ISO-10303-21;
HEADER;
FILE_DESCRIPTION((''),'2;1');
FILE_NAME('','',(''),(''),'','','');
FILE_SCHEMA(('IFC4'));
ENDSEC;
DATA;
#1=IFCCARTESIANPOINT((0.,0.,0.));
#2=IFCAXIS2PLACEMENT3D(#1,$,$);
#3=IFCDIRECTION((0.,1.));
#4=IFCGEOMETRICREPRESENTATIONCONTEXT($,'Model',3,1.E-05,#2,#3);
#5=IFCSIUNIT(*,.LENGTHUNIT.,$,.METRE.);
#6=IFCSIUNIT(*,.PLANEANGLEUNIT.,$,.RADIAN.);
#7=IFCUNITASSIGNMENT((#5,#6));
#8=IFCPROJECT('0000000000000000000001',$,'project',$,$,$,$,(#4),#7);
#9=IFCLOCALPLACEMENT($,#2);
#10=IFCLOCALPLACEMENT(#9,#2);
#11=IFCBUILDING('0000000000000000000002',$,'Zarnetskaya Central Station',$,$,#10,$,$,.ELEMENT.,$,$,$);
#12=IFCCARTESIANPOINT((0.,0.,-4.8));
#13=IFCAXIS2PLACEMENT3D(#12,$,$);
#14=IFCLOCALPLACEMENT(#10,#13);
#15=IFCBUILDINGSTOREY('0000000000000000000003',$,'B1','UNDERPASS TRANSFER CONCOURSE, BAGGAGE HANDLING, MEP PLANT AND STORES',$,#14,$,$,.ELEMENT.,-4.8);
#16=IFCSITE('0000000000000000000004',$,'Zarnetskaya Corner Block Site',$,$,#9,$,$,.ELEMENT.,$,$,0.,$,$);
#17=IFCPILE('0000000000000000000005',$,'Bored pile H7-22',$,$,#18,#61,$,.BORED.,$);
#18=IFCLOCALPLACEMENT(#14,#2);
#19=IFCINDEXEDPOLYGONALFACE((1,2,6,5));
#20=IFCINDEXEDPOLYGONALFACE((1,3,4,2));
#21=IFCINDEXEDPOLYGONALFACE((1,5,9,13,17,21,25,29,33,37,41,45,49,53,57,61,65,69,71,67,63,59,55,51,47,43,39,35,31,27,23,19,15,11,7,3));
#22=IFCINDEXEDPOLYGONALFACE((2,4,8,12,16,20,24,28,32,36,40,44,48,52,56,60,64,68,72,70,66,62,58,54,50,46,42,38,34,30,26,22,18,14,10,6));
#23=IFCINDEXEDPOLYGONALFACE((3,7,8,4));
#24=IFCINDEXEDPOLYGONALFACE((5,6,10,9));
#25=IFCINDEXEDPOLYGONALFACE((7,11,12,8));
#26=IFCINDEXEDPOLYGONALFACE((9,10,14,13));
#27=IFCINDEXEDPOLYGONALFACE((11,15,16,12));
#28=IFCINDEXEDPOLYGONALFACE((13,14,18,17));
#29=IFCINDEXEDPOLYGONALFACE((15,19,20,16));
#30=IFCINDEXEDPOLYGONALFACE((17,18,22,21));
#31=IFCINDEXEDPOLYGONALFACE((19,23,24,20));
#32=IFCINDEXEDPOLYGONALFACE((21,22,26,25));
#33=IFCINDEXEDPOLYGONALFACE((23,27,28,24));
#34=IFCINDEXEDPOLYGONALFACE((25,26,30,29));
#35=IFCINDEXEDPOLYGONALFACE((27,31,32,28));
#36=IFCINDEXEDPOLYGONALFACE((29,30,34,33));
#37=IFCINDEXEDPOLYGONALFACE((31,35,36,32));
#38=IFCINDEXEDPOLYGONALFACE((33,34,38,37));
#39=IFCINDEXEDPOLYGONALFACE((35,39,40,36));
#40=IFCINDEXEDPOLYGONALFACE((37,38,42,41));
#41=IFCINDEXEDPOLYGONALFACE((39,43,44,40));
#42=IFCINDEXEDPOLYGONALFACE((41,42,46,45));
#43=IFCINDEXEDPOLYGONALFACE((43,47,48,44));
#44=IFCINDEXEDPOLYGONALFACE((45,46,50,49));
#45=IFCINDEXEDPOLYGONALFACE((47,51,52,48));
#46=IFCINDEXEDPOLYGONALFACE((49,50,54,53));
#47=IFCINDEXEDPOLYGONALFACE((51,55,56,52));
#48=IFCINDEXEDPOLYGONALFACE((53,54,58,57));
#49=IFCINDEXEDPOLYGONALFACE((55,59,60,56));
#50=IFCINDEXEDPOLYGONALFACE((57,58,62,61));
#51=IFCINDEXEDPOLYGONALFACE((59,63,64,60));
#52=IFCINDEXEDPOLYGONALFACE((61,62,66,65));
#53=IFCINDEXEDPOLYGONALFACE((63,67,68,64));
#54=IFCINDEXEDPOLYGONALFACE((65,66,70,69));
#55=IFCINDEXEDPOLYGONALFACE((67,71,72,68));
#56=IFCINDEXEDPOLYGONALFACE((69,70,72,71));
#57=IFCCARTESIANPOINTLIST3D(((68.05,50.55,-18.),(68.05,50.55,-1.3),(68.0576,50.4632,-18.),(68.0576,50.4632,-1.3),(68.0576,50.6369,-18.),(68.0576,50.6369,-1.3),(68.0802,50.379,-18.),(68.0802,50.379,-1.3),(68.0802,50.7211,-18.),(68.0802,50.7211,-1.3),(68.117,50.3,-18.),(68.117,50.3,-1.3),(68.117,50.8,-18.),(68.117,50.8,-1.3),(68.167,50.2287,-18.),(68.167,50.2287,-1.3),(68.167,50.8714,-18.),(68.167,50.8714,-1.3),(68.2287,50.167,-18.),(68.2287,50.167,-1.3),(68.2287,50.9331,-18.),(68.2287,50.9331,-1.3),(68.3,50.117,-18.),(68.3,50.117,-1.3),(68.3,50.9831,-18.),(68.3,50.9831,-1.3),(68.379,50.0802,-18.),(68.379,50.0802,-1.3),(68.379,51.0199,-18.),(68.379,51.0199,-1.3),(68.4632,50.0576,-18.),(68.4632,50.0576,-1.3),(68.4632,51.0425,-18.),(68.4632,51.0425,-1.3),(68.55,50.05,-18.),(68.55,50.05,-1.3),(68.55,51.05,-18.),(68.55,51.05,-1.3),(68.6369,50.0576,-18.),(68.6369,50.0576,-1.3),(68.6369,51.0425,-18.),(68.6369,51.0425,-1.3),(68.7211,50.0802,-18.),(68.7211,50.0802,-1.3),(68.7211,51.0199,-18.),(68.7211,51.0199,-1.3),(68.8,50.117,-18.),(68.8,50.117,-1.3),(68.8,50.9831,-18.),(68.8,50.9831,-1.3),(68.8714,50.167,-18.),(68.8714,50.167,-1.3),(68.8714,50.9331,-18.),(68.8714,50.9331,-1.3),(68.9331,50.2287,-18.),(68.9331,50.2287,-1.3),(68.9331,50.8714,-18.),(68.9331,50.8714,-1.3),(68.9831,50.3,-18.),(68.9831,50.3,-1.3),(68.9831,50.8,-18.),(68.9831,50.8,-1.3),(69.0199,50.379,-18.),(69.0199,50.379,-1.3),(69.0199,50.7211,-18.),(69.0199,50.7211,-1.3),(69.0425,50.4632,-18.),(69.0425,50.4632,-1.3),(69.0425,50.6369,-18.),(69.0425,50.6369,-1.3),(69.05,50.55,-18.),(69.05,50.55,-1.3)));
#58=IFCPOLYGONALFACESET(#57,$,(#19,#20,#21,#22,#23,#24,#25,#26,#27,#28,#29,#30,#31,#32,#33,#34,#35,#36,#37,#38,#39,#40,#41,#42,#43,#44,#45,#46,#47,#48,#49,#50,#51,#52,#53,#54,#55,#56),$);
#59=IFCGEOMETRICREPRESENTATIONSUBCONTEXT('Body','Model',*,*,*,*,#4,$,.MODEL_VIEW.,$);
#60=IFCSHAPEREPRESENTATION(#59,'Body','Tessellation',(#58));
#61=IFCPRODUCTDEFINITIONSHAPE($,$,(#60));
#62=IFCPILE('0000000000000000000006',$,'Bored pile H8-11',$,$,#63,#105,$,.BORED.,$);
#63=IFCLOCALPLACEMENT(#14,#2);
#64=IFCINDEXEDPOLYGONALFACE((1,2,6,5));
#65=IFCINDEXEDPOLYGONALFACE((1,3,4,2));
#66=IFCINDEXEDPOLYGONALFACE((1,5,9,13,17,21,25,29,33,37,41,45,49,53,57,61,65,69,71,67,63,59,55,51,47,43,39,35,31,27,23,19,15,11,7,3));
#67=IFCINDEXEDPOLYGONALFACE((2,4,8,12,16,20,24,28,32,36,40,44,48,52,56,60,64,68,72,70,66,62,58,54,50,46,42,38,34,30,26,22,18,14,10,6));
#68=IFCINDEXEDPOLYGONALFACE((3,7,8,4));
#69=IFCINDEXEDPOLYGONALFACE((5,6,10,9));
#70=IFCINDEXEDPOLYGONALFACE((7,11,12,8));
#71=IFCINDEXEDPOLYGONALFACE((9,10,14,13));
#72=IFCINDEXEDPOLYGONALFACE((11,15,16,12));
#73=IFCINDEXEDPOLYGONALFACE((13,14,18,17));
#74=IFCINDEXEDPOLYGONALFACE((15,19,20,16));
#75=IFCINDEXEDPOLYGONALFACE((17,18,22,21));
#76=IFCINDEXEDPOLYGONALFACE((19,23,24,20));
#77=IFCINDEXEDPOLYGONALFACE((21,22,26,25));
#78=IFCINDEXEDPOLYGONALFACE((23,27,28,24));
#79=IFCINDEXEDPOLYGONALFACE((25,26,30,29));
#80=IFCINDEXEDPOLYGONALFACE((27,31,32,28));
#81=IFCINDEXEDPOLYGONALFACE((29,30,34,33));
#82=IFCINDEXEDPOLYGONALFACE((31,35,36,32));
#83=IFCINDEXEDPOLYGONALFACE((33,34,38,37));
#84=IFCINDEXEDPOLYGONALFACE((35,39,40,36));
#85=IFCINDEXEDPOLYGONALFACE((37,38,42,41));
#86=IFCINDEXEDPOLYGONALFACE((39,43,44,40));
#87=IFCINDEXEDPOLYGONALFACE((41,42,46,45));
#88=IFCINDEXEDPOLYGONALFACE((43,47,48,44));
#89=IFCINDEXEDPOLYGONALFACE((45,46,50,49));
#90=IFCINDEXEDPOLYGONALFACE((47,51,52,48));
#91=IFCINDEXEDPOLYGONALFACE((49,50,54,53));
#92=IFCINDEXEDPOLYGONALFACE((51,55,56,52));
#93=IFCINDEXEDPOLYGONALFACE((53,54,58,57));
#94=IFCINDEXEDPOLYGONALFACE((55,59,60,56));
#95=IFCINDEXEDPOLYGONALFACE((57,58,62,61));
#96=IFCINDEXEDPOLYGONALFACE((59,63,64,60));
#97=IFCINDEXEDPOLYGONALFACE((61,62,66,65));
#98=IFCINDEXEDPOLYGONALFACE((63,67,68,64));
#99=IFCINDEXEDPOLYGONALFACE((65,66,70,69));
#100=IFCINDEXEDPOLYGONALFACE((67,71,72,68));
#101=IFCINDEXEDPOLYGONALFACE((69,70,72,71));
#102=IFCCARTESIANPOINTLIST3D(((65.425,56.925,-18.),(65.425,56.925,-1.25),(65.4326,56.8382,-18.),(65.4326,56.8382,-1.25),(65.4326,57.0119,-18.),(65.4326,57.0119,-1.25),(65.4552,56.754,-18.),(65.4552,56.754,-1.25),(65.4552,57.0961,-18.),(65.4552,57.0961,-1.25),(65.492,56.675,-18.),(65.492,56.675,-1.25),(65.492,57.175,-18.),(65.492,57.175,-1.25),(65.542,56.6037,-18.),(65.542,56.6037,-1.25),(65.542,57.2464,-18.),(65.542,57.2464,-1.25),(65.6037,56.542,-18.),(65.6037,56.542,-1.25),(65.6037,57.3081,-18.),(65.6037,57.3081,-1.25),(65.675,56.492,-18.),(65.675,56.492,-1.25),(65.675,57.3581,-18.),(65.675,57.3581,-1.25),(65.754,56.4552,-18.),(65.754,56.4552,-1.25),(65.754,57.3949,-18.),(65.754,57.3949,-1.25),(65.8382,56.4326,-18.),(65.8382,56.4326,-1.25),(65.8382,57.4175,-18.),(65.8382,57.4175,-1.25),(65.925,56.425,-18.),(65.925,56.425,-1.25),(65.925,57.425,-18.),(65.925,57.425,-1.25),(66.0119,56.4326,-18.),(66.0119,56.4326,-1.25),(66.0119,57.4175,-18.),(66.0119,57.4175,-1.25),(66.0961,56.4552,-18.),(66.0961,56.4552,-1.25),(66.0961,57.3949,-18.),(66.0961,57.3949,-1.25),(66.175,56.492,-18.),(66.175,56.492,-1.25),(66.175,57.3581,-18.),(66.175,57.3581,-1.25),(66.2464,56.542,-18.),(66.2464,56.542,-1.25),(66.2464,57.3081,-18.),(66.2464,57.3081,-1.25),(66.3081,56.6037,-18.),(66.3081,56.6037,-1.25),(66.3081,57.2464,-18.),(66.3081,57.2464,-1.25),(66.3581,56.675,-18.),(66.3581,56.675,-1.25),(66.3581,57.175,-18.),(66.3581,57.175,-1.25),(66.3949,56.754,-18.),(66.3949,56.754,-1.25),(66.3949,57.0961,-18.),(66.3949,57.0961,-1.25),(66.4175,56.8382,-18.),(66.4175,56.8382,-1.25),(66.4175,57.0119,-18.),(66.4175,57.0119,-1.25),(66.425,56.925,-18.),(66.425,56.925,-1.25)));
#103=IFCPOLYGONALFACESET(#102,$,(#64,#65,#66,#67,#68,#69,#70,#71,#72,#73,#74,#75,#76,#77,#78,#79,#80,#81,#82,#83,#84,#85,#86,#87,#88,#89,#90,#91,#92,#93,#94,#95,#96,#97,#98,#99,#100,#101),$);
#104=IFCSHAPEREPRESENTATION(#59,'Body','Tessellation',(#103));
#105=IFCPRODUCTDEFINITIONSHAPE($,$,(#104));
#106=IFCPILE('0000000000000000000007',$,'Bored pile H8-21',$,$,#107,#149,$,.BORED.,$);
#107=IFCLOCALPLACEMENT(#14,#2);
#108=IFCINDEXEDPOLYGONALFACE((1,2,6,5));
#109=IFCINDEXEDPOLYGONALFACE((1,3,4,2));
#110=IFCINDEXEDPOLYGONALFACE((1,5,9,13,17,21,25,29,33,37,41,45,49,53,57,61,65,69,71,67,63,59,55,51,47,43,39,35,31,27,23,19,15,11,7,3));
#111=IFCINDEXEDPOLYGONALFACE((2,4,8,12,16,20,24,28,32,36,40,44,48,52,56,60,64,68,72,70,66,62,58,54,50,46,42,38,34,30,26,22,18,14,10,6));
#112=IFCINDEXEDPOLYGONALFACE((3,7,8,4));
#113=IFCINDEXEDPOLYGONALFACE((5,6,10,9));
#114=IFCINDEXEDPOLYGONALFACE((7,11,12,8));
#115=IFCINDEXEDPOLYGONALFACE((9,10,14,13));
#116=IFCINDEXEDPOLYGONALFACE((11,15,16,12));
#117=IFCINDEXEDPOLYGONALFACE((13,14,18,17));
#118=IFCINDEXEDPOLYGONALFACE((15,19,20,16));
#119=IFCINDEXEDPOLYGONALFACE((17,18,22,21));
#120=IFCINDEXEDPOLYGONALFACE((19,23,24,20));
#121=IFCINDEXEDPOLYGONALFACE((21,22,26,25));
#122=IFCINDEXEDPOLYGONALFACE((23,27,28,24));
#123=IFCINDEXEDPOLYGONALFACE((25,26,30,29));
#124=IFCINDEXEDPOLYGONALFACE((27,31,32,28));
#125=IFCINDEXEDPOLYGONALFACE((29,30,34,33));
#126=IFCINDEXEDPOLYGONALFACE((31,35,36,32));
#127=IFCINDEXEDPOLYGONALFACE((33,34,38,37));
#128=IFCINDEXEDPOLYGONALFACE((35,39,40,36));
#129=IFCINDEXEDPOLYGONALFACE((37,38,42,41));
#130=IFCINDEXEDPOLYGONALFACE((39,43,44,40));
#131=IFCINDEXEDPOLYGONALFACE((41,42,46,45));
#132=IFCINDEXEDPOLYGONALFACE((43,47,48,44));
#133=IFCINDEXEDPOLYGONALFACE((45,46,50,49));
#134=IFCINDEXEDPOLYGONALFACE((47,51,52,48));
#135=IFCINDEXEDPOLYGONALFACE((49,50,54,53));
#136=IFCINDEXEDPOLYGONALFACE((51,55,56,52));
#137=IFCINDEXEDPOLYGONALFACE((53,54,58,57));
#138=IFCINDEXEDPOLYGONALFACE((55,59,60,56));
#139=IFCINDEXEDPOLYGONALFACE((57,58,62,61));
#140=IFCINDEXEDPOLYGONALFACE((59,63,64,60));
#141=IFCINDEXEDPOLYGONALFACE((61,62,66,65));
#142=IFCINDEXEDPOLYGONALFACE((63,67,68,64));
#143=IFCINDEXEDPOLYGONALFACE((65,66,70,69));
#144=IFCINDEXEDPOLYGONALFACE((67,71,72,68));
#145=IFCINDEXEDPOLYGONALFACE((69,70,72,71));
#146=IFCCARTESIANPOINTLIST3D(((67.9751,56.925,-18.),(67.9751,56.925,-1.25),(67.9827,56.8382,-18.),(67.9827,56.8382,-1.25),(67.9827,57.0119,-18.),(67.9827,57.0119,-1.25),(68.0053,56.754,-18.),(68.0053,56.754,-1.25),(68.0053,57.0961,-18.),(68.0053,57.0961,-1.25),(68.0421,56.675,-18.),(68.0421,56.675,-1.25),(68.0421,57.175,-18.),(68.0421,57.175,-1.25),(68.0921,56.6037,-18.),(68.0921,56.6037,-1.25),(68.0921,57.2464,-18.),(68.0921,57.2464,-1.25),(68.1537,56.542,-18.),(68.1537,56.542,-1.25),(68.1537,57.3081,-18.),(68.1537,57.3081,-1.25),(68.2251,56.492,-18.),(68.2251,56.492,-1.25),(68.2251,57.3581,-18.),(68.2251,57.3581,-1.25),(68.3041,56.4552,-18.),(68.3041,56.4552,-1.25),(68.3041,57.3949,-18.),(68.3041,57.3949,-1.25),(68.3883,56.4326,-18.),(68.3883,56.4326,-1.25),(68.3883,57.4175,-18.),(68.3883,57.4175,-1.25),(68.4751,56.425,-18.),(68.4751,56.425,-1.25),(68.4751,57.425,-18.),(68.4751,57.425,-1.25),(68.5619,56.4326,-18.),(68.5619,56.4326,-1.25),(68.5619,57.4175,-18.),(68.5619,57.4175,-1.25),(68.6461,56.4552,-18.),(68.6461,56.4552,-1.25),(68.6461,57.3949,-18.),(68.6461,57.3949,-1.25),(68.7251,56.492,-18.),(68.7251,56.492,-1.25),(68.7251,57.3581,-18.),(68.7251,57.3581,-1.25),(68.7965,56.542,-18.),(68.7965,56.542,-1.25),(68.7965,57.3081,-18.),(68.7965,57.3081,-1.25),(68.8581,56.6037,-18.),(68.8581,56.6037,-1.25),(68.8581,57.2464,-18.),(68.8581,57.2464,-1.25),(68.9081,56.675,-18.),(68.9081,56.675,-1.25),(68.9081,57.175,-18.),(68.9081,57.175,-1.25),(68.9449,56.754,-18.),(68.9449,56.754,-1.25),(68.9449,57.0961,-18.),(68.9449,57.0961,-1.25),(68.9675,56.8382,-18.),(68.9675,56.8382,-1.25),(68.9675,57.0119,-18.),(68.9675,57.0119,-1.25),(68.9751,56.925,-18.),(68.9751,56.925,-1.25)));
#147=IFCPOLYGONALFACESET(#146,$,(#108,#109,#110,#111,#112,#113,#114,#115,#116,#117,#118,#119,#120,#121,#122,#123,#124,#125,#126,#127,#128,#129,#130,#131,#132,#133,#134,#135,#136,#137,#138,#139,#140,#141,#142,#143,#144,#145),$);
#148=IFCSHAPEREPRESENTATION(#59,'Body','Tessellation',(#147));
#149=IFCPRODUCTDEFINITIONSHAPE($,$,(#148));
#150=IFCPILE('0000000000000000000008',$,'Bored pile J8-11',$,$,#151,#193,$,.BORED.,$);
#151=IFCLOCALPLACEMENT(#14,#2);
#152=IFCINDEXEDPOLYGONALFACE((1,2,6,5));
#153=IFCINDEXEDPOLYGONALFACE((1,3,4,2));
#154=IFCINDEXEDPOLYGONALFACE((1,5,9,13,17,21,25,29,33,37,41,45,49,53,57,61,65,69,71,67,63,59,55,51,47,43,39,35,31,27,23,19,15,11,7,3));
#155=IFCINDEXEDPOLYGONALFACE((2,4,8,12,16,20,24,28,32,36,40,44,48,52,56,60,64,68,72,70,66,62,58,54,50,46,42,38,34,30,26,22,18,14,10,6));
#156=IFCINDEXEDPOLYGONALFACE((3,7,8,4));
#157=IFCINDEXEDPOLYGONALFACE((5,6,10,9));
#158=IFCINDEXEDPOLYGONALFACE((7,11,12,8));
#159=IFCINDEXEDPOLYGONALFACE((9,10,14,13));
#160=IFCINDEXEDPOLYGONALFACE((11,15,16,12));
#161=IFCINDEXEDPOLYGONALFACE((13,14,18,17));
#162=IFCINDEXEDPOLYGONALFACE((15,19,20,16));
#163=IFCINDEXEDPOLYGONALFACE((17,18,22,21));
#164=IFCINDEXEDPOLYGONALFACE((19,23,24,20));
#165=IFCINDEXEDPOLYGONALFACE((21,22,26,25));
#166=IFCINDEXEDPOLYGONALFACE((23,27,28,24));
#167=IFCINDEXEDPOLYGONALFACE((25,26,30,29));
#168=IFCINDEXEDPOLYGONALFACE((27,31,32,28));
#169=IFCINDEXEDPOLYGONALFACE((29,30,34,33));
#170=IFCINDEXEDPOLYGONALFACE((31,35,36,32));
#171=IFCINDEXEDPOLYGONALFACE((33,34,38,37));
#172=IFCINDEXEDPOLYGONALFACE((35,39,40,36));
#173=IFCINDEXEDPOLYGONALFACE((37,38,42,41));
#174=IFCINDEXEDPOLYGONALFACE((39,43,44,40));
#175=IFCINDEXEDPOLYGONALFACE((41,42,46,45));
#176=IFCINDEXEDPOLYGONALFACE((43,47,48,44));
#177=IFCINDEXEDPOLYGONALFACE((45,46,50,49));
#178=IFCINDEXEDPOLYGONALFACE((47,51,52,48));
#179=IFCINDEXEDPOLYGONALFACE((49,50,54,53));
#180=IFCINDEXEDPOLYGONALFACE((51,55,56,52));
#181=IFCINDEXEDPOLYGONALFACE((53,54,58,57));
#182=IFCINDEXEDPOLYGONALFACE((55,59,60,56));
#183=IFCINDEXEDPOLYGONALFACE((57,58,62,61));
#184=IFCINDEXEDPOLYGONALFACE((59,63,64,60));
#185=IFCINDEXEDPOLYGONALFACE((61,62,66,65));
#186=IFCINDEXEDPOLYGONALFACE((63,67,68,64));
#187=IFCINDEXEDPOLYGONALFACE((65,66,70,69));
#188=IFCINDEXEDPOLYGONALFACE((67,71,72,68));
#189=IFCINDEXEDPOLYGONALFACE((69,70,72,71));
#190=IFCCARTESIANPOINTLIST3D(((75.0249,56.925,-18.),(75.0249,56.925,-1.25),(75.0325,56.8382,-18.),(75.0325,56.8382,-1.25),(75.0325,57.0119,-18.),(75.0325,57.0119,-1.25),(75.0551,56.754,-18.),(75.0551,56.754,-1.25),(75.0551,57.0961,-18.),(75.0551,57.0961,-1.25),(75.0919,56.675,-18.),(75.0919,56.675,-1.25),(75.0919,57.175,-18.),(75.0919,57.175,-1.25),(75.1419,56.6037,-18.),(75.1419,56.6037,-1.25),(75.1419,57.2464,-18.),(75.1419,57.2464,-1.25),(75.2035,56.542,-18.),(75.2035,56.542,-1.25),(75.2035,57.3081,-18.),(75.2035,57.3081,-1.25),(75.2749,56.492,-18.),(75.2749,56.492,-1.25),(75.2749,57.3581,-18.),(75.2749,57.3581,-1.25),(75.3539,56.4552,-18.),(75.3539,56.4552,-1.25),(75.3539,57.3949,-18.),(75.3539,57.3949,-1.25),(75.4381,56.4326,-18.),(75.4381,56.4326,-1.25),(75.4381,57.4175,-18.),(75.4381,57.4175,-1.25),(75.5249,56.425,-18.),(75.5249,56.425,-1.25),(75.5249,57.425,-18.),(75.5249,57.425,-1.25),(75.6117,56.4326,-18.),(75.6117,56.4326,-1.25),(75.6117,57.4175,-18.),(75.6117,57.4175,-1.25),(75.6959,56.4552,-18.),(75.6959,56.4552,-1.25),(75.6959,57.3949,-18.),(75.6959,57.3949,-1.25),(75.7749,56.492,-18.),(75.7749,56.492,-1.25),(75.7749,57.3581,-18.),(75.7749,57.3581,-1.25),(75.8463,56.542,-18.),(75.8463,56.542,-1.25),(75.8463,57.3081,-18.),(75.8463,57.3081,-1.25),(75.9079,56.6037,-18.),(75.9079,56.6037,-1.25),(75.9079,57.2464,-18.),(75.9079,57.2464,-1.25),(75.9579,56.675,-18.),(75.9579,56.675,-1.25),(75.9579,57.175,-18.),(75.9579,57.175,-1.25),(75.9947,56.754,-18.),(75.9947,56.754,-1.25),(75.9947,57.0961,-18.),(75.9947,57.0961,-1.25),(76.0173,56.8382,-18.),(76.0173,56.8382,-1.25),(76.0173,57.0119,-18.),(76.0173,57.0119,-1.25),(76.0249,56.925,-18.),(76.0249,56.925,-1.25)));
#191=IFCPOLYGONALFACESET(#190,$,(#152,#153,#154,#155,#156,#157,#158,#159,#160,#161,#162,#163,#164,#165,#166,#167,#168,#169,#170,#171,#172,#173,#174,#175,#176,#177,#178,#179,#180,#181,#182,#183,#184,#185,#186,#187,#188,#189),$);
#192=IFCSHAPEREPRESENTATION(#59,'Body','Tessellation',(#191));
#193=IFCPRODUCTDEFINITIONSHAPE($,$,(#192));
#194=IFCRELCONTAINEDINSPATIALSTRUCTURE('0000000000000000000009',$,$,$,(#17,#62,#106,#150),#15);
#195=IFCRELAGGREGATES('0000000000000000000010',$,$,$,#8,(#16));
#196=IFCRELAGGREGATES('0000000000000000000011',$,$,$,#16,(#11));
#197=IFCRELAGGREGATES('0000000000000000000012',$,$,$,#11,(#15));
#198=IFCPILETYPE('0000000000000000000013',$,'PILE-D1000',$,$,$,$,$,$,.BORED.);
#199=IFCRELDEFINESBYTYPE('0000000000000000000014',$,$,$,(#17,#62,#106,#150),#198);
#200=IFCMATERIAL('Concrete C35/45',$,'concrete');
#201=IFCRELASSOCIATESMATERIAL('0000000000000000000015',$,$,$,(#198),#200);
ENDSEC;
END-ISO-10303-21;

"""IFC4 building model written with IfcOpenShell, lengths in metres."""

from ifc_helpers import new_model, si_unit, direction, frame, origin, origin_2d, place, context, subcontext, project, spatial, circle, extrude, material, material_profile, profile_set, type_object, element, save


model = new_model("IFC4")

# Units and contexts
model_context = context("Model", 3, precision=1e-05, world=origin(), true_north=direction((0.0, 1.0)))
body_context = subcontext(model_context, "Body", "Model", "MODEL_VIEW")
ifc_project = project(units=[si_unit("LENGTHUNIT", "METRE"), si_unit("PLANEANGLEUNIT", "RADIAN")], contexts=[model_context])

# Site, building, storey
site_placement = place(None, origin())
site = spatial("IfcSite", under=ifc_project, at=site_placement, Name="Zarnetskaya Corner Block Site", CompositionType="ELEMENT", RefElevation=0.0)
building_placement = place(site_placement, origin())
building = spatial("IfcBuilding", under=site, at=building_placement, Name="Zarnetskaya Central Station", CompositionType="ELEMENT")
storey_placement = place(building_placement, frame((0.0, 0.0, -4.8)))
storey = spatial("IfcBuildingStorey", under=building, at=storey_placement, Name="B1", Description="UNDERPASS TRANSFER CONCOURSE, BAGGAGE HANDLING, MEP PLANT AND STORES", CompositionType="ELEMENT", Elevation=-4.8)

# Shared definitions
ifc_material = material(Name="Concrete C35/45", Category="concrete")

# Piles
ifc_material_profile_1 = material_profile(ifc_material, circle(Radius=0.5, at=origin_2d()), Name="BORED PILE D1000")
ifc_profile_set_1 = profile_set([ifc_material_profile_1], Name="Concrete C35/45")
pile_type_1 = type_object("IfcPileType", Name="PILE-D1000", PredefinedType="BORED", material=ifc_profile_set_1)
for number, where, z_axis, x_axis, name in (
    (1, (68.55, 50.55, -1.3), (0.0, 0.0, -1.0), (1.0, 0.0, 0.0), "Bored pile H7-22"),
):
    element("IfcPile", number, at=place(storey_placement, frame(where, z_axis=z_axis, x_axis=x_axis)), inside=storey, type_object=pile_type_1, Name=name, PredefinedType="BORED", context=body_context, shape_type="SweptSolid", body=[
        extrude(circle(Radius=0.5, at=origin_2d()), origin(), (0.0, 0.0, 1.0), 16.7),
    ])
for number, where, z_axis, x_axis, name in (
    (2, (65.925, 56.925, -1.25), (0.0, 0.0, -1.0), (1.0, 0.0, 0.0), "Bored pile H8-11"),
    (3, (68.4751, 56.925, -1.25), (0.0, 0.0, -1.0), (1.0, 0.0, 0.0), "Bored pile H8-21"),
    (4, (75.5249, 56.925, -1.25), (0.0, 0.0, -1.0), (1.0, 0.0, 0.0), "Bored pile J8-11"),
):
    element("IfcPile", number, at=place(storey_placement, frame(where, z_axis=z_axis, x_axis=x_axis)), inside=storey, type_object=pile_type_1, Name=name, PredefinedType="BORED", context=body_context, shape_type="SweptSolid", body=[
        extrude(circle(Radius=0.5, at=origin_2d()), origin(), (0.0, 0.0, 1.0), 16.75),
    ])

save(model, "model.ifc")
